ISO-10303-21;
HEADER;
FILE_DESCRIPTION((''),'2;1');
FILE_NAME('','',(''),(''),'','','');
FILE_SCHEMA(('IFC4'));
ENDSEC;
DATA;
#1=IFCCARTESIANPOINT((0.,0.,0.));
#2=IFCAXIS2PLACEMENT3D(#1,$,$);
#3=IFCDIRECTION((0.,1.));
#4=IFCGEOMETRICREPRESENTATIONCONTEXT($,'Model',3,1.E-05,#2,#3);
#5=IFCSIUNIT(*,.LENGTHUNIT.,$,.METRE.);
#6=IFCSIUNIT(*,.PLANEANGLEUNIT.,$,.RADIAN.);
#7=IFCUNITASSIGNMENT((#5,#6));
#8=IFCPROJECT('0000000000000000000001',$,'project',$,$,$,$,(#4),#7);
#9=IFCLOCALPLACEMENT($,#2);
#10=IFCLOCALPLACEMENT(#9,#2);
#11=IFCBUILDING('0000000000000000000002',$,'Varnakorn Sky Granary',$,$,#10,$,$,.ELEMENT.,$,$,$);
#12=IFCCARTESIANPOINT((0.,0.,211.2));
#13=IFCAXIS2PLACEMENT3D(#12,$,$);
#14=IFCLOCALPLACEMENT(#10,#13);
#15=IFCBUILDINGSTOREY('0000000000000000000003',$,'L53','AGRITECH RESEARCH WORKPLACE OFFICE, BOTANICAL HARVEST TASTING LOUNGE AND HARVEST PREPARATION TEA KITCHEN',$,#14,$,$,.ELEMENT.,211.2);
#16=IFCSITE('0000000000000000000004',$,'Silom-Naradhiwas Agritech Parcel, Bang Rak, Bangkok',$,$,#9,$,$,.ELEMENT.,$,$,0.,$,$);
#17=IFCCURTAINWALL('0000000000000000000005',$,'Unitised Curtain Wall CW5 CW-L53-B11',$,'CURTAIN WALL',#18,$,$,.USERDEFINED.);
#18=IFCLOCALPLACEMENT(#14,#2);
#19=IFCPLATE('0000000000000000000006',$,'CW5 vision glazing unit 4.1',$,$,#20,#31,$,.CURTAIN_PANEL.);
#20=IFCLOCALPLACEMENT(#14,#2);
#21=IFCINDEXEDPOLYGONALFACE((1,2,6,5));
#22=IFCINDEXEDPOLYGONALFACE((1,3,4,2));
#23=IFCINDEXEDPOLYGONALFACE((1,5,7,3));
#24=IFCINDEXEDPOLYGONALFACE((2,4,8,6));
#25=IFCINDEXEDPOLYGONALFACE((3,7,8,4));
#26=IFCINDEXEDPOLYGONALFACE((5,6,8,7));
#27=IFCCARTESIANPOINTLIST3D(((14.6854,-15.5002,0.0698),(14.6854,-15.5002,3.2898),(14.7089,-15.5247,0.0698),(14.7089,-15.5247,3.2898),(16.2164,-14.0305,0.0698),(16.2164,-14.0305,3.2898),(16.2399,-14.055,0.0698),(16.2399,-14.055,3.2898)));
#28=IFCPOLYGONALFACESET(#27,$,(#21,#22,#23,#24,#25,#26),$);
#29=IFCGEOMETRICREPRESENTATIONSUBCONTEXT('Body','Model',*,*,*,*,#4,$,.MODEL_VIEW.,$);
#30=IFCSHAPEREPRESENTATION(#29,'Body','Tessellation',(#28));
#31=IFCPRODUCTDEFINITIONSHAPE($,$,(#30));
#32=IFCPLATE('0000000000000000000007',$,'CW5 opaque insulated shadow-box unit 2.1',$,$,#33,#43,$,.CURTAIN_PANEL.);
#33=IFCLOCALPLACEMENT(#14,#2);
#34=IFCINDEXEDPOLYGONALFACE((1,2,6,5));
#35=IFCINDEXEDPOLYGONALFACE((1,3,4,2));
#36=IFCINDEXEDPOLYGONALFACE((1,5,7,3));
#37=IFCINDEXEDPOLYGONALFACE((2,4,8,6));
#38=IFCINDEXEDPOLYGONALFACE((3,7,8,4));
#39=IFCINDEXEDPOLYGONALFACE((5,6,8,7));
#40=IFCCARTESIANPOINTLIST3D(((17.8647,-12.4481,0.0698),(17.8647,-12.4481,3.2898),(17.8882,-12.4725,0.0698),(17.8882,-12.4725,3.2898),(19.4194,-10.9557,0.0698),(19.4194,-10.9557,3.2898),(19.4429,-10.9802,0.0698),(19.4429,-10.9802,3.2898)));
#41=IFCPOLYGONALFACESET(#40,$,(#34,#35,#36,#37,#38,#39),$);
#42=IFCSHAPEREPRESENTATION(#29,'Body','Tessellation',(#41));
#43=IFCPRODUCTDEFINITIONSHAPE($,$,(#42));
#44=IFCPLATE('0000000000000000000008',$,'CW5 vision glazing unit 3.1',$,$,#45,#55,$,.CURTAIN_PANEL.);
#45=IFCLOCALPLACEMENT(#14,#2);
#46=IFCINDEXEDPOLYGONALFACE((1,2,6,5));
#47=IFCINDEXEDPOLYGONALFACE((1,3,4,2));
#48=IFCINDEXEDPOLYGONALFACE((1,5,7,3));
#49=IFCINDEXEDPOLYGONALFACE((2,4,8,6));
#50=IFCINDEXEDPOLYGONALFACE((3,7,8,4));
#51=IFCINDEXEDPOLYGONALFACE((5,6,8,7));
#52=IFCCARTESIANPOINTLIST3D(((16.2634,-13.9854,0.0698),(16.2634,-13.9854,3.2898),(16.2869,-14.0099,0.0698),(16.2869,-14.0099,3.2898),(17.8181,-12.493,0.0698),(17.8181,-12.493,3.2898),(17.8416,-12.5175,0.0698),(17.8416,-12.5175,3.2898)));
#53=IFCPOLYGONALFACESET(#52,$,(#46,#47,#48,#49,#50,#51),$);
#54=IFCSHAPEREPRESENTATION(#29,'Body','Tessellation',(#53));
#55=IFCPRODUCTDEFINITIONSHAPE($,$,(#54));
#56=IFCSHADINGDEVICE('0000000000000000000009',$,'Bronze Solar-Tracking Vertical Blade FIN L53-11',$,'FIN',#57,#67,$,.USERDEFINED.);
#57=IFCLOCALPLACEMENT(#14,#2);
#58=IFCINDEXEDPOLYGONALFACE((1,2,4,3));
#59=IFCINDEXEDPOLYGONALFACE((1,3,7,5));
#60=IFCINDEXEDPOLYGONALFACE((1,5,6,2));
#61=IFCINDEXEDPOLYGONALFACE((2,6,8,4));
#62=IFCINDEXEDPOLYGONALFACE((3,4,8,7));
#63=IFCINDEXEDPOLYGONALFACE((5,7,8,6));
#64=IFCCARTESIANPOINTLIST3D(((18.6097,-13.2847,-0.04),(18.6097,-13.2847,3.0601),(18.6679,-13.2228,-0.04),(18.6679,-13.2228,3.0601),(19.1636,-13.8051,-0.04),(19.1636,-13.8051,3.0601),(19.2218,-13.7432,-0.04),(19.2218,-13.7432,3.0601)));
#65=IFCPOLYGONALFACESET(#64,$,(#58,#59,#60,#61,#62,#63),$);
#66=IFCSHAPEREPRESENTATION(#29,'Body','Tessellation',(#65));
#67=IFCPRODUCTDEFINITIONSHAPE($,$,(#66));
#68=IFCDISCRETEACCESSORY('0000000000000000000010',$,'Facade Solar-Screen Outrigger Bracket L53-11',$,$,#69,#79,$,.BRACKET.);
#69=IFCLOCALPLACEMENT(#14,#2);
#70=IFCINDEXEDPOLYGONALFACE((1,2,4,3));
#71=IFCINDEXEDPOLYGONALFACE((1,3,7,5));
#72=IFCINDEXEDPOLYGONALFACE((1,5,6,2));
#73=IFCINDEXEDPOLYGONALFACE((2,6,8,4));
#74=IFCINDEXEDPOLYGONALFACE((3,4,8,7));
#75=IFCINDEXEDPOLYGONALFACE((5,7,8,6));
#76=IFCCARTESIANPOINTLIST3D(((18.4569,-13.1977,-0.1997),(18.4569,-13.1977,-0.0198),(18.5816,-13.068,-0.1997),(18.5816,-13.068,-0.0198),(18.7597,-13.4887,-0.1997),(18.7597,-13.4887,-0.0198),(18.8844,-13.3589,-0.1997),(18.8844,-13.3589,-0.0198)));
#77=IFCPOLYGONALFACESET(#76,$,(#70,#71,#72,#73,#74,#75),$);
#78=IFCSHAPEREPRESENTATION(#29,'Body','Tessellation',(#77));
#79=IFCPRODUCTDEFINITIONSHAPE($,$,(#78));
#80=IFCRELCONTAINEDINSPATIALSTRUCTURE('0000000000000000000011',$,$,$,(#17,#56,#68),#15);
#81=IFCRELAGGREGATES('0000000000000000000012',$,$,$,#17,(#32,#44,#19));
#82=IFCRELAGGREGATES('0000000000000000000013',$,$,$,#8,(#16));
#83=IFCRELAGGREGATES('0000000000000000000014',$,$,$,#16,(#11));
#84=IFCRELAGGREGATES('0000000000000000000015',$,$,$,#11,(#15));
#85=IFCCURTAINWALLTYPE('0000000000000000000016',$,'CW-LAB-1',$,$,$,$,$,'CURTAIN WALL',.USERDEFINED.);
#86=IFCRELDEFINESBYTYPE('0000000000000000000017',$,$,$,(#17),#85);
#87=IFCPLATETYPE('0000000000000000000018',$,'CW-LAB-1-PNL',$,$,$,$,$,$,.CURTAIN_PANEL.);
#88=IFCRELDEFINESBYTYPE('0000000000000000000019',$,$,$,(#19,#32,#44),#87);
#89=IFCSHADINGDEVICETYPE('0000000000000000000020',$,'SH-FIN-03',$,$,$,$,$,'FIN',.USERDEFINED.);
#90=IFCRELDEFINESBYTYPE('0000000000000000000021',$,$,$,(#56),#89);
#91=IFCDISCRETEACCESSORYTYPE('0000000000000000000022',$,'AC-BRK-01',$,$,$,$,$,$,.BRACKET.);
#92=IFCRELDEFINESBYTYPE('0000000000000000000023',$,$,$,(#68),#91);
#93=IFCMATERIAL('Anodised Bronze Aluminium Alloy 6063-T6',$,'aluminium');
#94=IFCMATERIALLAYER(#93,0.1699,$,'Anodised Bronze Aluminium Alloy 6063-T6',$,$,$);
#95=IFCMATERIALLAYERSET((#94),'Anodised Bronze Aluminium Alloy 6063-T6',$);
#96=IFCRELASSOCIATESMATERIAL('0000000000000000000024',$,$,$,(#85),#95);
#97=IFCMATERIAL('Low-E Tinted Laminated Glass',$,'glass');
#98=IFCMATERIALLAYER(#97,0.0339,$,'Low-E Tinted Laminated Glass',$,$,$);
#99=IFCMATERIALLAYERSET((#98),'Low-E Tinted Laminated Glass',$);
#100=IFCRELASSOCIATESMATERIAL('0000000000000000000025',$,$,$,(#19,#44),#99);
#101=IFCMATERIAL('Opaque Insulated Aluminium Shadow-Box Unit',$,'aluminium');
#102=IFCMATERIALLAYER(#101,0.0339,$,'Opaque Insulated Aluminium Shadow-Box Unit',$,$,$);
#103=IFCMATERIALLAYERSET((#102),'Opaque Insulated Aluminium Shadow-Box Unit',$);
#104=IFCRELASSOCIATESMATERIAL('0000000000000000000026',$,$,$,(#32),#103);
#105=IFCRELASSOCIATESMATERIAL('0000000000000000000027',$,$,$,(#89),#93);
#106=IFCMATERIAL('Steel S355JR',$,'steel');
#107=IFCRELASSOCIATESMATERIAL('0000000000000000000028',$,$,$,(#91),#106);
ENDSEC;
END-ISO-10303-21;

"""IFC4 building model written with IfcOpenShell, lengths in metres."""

from ifc_helpers import new_model, si_unit, direction, frame, origin, origin_2d, place, context, subcontext, project, spatial, rectangle, extrude, source, transform, mapped, material, layer, layer_set, type_object, type_shapes, element, aggregate, save


model = new_model("IFC4")

# Units and contexts
model_context = context("Model", 3, precision=1e-05, world=origin(), true_north=direction((0.0, 1.0)))
body_context = subcontext(model_context, "Body", "Model", "MODEL_VIEW")
ifc_project = project(units=[si_unit("LENGTHUNIT", "METRE"), si_unit("PLANEANGLEUNIT", "RADIAN")], contexts=[model_context])

# Site, building, storey
site_placement = place(None, origin())
site = spatial("IfcSite", under=ifc_project, at=site_placement, Name="Silom-Naradhiwas Agritech Parcel, Bang Rak, Bangkok", CompositionType="ELEMENT", RefElevation=0.0)
building_placement = place(site_placement, origin())
building = spatial("IfcBuilding", under=site, at=building_placement, Name="Varnakorn Sky Granary", CompositionType="ELEMENT")
storey_placement = place(building_placement, frame((0.0, 0.0, 211.2)))
storey = spatial("IfcBuildingStorey", under=building, at=storey_placement, Name="L53", Description="AGRITECH RESEARCH WORKPLACE OFFICE, BOTANICAL HARVEST TASTING LOUNGE AND HARVEST PREPARATION TEA KITCHEN", CompositionType="ELEMENT", Elevation=211.2)

# Shared definitions
ifc_material_1 = material(Name="Steel S355JR", Category="steel")

# Shared definitions
ifc_material_2 = material(Name="Anodised Bronze Aluminium Alloy 6063-T6", Category="aluminium")
ifc_layer_1 = layer(ifc_material_2, 0.1699, Name="Anodised Bronze Aluminium Alloy 6063-T6")
ifc_layer_set_1 = layer_set([ifc_layer_1], Name="Anodised Bronze Aluminium Alloy 6063-T6")
curtain_wall_type = type_object("IfcCurtainWallType", Name="CW-LAB-1", ElementType="CURTAIN WALL", PredefinedType="USERDEFINED", material=ifc_layer_set_1)

# Curtain wall
curtain_wall_1_placement = place(storey_placement, origin())
curtain_wall_1 = element("IfcCurtainWall", 1, at=curtain_wall_1_placement, inside=storey, type_object=curtain_wall_type, Name="Unitised Curtain Wall CW5 CW-L53-B11", ObjectType="CURTAIN WALL", PredefinedType="USERDEFINED")

# Plates
ifc_material_3 = material(Name="Low-E Tinted Laminated Glass", Category="glass")
ifc_layer_2 = layer(ifc_material_3, 0.0339, Name="Low-E Tinted Laminated Glass")
ifc_layer_set_2 = layer_set([ifc_layer_2], Name="Low-E Tinted Laminated Glass")
plate_type = type_object("IfcPlateType", Name="CW-LAB-1-PNL", PredefinedType="CURTAIN_PANEL")
shared_shape_1 = source(origin(), body_context, "Body", "SweptSolid", [
    extrude(rectangle(XDim=2.1223, YDim=0.0339, at=origin_2d()), origin(), (0.0, 0.0, 1.0), 3.22),
])
plate_1_placement = place(storey_placement, frame((15.4626, -14.7776, 0.0698), z_axis=(0.0, 0.0, 1.0), x_axis=(-0.721402, -0.692516, 0.0)))
plate_1 = element("IfcPlate", 2, at=plate_1_placement, type_object=plate_type, material=ifc_layer_set_2, Name="CW5 vision glazing unit 4.1", PredefinedType="CURTAIN_PANEL", context=body_context, shape_type="MappedRepresentation", body=[
    mapped(shared_shape_1, transform((0.0, 0.0, 0.0), x_axis=(1.0, 0.0, 0.0), y_axis=(0.0, 1.0, 0.0), z_axis=(0.0, 0.0, 1.0), scale=1.0)),
])
ifc_material_4 = material(Name="Opaque Insulated Aluminium Shadow-Box Unit", Category="aluminium")
ifc_layer_3 = layer(ifc_material_4, 0.0339, Name="Opaque Insulated Aluminium Shadow-Box Unit")
ifc_layer_set_3 = layer_set([ifc_layer_3], Name="Opaque Insulated Aluminium Shadow-Box Unit")
shared_shape_2 = source(origin(), body_context, "Body", "SweptSolid", [
    extrude(rectangle(XDim=2.155, YDim=0.0339, at=origin_2d()), origin(), (0.0, 0.0, 1.0), 3.22),
])
type_shapes(plate_type, [shared_shape_1, shared_shape_2])
plate_2_placement = place(storey_placement, frame((18.6538, -11.7141, 0.0698), z_axis=(0.0, 0.0, 1.0), x_axis=(-0.721402, -0.692516, 0.0)))
plate_2 = element("IfcPlate", 3, at=plate_2_placement, type_object=plate_type, material=ifc_layer_set_3, Name="CW5 opaque insulated shadow-box unit 2.1", PredefinedType="CURTAIN_PANEL", context=body_context, shape_type="MappedRepresentation", body=[
    mapped(shared_shape_2, transform((0.0, 0.0, 0.0), x_axis=(1.0, 0.0, 0.0), y_axis=(0.0, 1.0, 0.0), z_axis=(0.0, 0.0, 1.0), scale=1.0)),
])
plate_3_placement = place(storey_placement, frame((17.0525, -13.2515, 0.0698), z_axis=(0.0, 0.0, 1.0), x_axis=(-0.721402, -0.692516, 0.0)))
plate_3 = element("IfcPlate", 4, at=plate_3_placement, type_object=plate_type, material=ifc_layer_set_2, Name="CW5 vision glazing unit 3.1", PredefinedType="CURTAIN_PANEL", context=body_context, shape_type="MappedRepresentation", body=[
    mapped(shared_shape_2, transform((0.0, 0.0, 0.0), x_axis=(1.0, 0.0, 0.0), y_axis=(0.0, 1.0, 0.0), z_axis=(0.0, 0.0, 1.0), scale=1.0)),
])
aggregate(curtain_wall_1, [plate_2, plate_3, plate_1])

# Shading device
shading_device_type = type_object("IfcShadingDeviceType", Name="SH-FIN-03", ElementType="FIN", PredefinedType="USERDEFINED", material=ifc_material_2)
shared_shape_3 = source(origin(), body_context, "Body", "SweptSolid", [
    extrude(rectangle(XDim=0.085, YDim=0.76, at=origin_2d()), origin(), (0.0, 0.0, 1.0), 3.1001),
])
type_shapes(shading_device_type, [shared_shape_3])
shading_device_placement = place(storey_placement, frame((18.9158, -13.5139, -0.04), z_axis=(0.0, 0.0, 1.0), x_axis=(0.684723, 0.728804, 0.0)))
element("IfcShadingDevice", 5, at=shading_device_placement, inside=storey, type_object=shading_device_type, Name="Bronze Solar-Tracking Vertical Blade FIN L53-11", ObjectType="FIN", PredefinedType="USERDEFINED", context=body_context, shape_type="MappedRepresentation", body=[
    mapped(shared_shape_3, transform((0.0, 0.0, 0.0), x_axis=(1.0, 0.0, 0.0), y_axis=(0.0, 1.0, 0.0), z_axis=(0.0, 0.0, 1.0), scale=1.0)),
])

# Discrete accessory
discrete_accessory_type = type_object("IfcDiscreteAccessoryType", Name="AC-BRK-01", PredefinedType="BRACKET", material=ifc_material_1)
shared_shape_4 = source(origin(), body_context, "Body", "SweptSolid", [
    extrude(rectangle(XDim=0.1799, YDim=0.4199, at=origin_2d()), origin(), (0.0, 0.0, 1.0), 0.1799),
])
type_shapes(discrete_accessory_type, [shared_shape_4])
discrete_accessory_placement = place(storey_placement, frame((18.6707, -13.2783, -0.1997), z_axis=(0.0, 0.0, 1.0), x_axis=(0.69282, 0.72111, 0.0)))
element("IfcDiscreteAccessory", 6, at=discrete_accessory_placement, inside=storey, type_object=discrete_accessory_type, Name="Facade Solar-Screen Outrigger Bracket L53-11", PredefinedType="BRACKET", context=body_context, shape_type="MappedRepresentation", body=[
    mapped(shared_shape_4, transform((0.0, 0.0, 0.0), x_axis=(1.0, 0.0, 0.0), y_axis=(0.0, 1.0, 0.0), z_axis=(0.0, 0.0, 1.0), scale=1.0)),
])

save(model, "model.ifc")
